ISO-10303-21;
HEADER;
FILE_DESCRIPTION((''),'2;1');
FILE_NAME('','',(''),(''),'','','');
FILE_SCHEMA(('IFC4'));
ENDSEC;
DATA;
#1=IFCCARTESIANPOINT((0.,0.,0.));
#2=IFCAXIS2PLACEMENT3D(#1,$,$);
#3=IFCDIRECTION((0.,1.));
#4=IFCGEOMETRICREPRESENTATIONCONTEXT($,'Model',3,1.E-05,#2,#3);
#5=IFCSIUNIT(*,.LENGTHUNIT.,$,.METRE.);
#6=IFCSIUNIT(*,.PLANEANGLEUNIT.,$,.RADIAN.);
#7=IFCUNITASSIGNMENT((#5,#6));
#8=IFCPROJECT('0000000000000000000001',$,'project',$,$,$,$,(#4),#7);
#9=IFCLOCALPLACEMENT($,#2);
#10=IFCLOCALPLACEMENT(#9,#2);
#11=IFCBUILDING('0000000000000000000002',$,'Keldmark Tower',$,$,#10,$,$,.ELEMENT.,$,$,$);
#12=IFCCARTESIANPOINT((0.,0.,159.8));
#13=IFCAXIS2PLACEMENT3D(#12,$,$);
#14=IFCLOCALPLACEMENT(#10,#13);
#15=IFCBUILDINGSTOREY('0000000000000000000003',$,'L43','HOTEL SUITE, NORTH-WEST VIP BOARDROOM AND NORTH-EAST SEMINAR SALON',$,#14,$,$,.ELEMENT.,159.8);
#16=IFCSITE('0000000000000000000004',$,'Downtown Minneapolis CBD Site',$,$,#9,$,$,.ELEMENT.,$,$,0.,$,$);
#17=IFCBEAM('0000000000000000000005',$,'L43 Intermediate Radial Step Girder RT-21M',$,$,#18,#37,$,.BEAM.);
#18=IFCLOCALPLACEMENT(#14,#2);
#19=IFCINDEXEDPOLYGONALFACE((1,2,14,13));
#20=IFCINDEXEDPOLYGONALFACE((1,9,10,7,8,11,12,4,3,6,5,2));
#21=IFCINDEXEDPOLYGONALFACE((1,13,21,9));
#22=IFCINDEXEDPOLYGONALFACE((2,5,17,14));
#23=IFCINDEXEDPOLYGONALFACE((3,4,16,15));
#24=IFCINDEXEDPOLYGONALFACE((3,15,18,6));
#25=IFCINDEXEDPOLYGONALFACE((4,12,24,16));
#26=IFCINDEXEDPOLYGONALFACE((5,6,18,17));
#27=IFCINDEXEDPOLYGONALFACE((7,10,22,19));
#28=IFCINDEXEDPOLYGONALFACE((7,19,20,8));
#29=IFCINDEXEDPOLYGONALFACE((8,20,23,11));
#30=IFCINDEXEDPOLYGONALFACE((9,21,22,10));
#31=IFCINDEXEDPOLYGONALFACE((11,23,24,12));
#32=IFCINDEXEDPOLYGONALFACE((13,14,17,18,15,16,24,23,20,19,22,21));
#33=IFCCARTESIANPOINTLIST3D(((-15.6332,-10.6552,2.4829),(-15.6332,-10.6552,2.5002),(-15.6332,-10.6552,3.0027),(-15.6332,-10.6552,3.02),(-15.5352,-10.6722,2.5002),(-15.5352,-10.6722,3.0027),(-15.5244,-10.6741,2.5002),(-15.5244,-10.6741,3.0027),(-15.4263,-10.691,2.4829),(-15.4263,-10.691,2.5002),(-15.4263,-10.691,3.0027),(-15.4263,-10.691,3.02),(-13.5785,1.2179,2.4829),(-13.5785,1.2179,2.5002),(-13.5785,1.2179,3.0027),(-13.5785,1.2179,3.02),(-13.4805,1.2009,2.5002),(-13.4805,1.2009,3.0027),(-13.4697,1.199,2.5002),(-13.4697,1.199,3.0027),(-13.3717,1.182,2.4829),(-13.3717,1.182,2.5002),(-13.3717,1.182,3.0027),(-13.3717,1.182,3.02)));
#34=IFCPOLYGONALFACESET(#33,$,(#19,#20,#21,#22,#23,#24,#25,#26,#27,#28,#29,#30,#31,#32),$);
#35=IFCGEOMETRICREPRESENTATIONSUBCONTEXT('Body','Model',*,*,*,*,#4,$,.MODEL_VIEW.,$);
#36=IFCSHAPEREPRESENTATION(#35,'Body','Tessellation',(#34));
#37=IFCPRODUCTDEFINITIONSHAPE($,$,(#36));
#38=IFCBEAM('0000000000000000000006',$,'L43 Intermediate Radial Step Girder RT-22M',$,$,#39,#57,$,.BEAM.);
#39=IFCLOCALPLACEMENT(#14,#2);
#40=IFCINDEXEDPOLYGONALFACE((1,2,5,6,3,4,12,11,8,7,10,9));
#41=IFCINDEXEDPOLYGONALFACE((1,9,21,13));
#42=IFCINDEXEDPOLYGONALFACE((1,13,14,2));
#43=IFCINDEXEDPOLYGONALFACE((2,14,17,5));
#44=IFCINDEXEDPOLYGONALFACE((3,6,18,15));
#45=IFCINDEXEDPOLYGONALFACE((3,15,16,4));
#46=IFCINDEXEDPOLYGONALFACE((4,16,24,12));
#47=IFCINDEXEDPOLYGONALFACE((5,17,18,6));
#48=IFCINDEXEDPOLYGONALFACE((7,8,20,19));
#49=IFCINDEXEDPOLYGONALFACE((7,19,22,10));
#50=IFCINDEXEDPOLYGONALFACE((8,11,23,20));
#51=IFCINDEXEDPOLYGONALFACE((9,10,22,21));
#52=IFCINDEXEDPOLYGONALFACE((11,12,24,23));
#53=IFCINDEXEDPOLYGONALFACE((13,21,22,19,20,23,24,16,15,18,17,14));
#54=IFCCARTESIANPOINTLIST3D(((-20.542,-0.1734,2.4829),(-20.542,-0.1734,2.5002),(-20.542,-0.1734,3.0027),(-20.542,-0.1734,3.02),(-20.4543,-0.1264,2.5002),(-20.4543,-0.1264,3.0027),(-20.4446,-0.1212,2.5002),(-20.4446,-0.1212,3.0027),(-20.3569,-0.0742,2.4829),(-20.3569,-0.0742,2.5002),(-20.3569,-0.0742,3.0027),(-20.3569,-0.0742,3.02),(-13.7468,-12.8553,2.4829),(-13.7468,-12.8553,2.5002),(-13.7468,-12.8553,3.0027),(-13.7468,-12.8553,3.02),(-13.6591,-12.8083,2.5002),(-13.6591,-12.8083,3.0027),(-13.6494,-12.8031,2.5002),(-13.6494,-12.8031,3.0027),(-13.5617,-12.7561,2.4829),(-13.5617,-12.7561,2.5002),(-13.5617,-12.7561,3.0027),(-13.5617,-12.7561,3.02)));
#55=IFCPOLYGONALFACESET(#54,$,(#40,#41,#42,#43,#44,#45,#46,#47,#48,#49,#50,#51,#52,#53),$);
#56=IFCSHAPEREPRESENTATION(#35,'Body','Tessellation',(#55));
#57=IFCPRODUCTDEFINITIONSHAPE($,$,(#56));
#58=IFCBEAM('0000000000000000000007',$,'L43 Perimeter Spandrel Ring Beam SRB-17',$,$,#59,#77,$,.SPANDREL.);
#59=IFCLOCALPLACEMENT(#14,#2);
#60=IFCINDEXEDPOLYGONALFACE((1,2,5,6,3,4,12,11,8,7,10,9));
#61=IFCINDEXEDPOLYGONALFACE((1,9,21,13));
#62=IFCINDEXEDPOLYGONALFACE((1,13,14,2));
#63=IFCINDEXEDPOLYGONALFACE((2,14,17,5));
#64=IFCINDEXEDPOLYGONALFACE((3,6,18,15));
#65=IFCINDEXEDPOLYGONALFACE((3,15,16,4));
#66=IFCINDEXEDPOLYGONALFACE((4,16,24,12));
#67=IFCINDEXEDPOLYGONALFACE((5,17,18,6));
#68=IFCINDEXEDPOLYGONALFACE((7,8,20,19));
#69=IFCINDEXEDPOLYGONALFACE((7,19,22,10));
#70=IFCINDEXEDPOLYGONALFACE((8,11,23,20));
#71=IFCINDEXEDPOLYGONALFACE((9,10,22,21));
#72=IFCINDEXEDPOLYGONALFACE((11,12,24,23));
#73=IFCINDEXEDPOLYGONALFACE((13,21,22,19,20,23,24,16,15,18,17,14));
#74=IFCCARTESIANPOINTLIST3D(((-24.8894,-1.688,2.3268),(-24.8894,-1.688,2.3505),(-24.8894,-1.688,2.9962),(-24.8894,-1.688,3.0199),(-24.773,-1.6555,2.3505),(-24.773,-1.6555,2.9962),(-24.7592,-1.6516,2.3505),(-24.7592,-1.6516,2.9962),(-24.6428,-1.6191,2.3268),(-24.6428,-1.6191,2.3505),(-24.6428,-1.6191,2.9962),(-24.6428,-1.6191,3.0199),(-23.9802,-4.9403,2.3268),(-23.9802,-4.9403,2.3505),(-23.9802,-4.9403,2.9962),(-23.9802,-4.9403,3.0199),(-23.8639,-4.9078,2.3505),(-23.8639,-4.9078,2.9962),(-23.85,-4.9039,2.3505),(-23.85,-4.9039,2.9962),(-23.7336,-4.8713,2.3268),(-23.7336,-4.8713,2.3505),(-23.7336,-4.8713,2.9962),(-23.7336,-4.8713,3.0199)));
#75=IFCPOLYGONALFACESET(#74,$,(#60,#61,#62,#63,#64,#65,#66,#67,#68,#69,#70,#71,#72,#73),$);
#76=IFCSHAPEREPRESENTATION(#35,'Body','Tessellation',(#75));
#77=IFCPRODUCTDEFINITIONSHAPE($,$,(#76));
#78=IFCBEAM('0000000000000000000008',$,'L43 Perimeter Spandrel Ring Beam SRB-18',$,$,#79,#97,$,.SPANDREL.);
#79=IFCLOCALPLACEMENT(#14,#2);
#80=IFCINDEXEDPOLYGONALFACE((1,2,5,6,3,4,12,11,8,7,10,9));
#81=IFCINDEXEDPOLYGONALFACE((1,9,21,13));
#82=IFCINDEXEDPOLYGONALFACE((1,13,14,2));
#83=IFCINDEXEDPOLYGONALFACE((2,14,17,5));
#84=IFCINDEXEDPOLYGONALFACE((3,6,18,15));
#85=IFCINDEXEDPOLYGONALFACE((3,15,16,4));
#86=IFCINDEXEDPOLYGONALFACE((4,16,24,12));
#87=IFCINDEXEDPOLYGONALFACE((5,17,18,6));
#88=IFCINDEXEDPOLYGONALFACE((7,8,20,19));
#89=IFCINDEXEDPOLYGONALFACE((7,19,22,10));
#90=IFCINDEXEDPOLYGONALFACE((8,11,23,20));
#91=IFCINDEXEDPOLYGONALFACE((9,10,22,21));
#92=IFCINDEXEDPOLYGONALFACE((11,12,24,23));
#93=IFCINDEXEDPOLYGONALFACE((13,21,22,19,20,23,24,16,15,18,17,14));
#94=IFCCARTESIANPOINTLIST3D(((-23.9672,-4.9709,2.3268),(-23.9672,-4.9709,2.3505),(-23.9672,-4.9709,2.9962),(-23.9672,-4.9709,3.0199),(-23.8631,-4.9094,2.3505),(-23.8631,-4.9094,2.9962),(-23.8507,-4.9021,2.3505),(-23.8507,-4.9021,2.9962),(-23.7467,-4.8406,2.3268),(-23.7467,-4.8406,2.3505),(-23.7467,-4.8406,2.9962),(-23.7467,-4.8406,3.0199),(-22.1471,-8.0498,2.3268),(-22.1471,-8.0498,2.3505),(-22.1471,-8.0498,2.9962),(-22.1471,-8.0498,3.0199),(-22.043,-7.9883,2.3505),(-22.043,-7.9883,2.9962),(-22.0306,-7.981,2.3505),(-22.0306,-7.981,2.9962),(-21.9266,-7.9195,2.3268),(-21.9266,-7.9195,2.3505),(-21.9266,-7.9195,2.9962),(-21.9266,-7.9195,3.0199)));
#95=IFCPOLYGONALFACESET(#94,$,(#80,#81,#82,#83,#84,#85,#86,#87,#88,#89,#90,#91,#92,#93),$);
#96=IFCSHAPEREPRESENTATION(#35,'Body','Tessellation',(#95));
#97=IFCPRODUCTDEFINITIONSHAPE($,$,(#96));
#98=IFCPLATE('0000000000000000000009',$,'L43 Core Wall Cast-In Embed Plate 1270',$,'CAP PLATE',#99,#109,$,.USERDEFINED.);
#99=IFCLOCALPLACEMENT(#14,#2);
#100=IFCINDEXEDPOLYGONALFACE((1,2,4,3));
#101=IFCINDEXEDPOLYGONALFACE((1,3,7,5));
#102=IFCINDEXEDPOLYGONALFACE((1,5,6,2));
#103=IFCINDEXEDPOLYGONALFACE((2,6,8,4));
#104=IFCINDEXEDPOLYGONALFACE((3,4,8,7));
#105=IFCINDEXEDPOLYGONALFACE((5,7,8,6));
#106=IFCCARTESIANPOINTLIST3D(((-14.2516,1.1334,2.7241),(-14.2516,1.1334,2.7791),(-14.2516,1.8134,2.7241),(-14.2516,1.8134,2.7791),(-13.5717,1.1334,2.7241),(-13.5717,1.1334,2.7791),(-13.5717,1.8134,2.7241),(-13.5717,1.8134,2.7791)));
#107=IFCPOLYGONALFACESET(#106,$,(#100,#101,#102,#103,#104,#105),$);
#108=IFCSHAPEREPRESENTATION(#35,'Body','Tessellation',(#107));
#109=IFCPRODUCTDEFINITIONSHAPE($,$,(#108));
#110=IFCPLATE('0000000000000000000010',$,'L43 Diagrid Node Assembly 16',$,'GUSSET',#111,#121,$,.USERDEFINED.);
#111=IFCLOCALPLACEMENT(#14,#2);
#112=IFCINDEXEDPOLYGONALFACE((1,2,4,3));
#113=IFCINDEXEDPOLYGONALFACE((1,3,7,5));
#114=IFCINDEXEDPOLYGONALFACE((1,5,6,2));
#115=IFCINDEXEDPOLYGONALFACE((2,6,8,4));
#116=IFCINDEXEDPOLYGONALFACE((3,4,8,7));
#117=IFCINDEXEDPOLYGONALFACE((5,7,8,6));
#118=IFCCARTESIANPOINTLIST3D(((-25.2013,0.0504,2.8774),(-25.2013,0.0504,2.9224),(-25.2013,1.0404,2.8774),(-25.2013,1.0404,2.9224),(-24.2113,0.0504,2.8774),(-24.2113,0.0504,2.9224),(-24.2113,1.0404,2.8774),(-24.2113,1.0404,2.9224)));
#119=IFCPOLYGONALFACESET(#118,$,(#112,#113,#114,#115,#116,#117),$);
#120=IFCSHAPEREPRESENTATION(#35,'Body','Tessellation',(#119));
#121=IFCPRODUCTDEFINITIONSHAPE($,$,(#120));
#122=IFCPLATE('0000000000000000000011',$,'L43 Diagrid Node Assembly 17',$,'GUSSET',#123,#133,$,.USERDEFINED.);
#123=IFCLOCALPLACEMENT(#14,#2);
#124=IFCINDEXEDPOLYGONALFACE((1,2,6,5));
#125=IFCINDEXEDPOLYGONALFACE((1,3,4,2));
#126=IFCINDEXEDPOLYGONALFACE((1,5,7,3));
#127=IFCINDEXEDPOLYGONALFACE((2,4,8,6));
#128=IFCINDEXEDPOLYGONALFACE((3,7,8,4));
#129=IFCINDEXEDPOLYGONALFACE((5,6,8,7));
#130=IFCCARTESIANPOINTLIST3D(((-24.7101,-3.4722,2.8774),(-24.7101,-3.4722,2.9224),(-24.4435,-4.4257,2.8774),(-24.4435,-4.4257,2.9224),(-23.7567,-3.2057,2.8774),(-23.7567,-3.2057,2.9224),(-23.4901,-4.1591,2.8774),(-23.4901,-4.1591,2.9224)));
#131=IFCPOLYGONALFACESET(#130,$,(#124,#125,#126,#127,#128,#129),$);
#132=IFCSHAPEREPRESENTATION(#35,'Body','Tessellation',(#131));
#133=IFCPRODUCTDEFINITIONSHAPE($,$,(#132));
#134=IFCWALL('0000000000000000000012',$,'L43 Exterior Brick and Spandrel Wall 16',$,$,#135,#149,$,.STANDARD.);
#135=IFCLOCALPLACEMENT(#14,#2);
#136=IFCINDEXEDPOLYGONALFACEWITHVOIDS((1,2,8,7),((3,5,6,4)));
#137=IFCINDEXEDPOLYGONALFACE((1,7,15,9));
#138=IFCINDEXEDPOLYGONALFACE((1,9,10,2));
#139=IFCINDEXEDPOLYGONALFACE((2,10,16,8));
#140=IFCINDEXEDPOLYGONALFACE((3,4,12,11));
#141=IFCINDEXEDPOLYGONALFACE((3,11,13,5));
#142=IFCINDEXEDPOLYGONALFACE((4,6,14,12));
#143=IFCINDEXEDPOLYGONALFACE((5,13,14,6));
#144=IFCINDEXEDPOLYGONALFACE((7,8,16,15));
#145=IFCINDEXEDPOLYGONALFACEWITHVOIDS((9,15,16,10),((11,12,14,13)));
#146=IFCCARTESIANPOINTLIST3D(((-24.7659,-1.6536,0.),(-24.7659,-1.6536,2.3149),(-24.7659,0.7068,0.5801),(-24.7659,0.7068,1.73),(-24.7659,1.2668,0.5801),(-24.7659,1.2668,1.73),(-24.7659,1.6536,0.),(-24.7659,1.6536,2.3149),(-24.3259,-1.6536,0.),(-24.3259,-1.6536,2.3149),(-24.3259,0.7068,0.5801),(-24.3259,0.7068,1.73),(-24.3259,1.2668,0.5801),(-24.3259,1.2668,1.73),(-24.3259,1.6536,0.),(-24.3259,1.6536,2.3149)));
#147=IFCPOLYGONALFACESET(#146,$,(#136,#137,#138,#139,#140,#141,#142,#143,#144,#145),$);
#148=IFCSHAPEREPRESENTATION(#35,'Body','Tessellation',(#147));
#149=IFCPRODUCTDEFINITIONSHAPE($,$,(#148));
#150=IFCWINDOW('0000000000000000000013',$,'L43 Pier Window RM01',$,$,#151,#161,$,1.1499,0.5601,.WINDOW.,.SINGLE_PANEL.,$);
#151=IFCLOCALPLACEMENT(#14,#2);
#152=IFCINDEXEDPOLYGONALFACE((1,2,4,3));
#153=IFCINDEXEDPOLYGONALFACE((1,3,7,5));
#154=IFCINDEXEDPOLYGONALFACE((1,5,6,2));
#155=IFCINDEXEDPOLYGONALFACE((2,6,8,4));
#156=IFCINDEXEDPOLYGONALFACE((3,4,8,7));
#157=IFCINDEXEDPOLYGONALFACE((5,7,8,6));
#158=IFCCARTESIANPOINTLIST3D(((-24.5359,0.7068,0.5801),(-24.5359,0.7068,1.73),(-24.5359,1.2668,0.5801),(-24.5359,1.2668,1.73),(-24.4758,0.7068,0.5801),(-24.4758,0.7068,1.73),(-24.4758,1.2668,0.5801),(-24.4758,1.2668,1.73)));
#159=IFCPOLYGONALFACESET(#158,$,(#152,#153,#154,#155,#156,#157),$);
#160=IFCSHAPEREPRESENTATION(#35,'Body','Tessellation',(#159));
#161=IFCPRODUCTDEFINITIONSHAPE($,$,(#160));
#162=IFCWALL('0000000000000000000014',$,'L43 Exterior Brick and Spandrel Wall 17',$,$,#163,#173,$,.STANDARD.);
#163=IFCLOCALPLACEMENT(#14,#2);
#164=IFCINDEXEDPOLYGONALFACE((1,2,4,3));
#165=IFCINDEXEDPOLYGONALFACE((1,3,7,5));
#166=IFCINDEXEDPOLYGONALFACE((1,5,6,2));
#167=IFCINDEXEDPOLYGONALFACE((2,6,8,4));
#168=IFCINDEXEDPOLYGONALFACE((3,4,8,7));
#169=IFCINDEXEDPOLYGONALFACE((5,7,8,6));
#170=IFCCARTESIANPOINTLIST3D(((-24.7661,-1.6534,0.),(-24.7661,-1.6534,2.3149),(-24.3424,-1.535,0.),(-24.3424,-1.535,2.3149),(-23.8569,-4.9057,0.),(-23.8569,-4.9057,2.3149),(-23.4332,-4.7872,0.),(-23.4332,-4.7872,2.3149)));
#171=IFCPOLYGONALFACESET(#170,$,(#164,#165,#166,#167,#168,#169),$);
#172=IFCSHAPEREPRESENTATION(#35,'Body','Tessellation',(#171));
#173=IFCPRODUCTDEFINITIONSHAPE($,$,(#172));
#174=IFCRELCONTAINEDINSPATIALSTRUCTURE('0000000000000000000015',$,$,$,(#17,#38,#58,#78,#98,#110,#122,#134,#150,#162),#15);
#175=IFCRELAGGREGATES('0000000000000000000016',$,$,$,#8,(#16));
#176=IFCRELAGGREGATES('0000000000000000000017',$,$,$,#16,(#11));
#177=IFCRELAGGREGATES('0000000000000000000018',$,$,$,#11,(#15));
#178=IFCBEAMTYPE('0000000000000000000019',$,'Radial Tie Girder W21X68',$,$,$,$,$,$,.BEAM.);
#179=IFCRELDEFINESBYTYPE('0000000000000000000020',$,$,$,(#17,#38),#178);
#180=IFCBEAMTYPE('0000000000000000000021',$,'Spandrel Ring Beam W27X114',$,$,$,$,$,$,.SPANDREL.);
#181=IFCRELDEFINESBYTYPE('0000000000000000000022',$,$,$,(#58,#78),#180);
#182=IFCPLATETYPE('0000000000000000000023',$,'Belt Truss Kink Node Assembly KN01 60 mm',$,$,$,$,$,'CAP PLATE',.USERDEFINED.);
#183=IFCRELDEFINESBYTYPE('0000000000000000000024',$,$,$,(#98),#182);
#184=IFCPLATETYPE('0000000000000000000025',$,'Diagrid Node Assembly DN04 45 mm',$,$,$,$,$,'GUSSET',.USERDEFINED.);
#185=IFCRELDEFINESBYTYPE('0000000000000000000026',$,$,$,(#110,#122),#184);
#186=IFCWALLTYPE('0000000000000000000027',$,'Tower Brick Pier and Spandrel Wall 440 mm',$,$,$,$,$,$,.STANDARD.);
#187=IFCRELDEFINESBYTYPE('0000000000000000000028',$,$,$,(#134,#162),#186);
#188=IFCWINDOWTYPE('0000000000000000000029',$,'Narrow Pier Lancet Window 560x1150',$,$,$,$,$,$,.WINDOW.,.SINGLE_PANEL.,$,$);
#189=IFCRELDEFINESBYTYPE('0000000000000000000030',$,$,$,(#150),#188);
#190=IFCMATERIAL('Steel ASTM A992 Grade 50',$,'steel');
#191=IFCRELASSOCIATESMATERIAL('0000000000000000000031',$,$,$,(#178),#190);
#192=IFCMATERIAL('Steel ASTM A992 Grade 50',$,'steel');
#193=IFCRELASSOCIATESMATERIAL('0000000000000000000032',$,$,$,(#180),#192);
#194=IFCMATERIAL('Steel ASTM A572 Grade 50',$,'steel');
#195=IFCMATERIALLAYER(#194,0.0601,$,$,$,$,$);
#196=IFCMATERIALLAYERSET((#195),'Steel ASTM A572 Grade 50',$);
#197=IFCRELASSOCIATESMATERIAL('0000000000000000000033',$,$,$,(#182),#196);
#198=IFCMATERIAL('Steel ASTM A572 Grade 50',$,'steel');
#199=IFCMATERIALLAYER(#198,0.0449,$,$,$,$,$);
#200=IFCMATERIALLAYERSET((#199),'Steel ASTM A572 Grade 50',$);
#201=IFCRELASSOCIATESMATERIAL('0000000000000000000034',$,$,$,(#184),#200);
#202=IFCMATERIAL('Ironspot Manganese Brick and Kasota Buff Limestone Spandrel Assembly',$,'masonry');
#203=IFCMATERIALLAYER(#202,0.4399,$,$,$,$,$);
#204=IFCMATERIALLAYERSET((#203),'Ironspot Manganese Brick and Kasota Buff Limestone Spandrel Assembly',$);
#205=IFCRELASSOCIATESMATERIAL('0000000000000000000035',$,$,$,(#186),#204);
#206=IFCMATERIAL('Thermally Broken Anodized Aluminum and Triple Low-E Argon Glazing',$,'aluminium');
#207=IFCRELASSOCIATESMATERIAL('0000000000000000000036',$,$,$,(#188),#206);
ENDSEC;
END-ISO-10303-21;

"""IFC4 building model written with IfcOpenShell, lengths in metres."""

from ifc_helpers import new_model, si_unit, direction, frame, frame_2d, origin, origin_2d, place, context, subcontext, project, spatial, rectangle, i_section, extrude, material, layer, layer_set, material_profile, profile_set, type_object, element, fill, save


model = new_model("IFC4")

# Units and contexts
model_context = context("Model", 3, precision=1e-05, world=origin(), true_north=direction((0.0, 1.0)))
body_context = subcontext(model_context, "Body", "Model", "MODEL_VIEW")
ifc_project = project(units=[si_unit("LENGTHUNIT", "METRE"), si_unit("PLANEANGLEUNIT", "RADIAN")], contexts=[model_context])

# Site, building, storey
site_placement = place(None, origin())
site = spatial("IfcSite", under=ifc_project, at=site_placement, Name="Downtown Minneapolis CBD Site", CompositionType="ELEMENT", RefElevation=0.0)
building_placement = place(site_placement, origin())
building = spatial("IfcBuilding", under=site, at=building_placement, Name="Keldmark Tower", CompositionType="ELEMENT")
storey_placement = place(building_placement, frame((0.0, 0.0, 159.8)))
storey = spatial("IfcBuildingStorey", under=building, at=storey_placement, Name="L43", Description="HOTEL SUITE, NORTH-WEST VIP BOARDROOM AND NORTH-EAST SEMINAR SALON", CompositionType="ELEMENT", Elevation=159.8)

# Beams
ifc_material_1 = material(Name="Steel ASTM A992 Grade 50", Category="steel")
ifc_material_profile_1 = material_profile(ifc_material_1, i_section(OverallWidth=0.21, OverallDepth=0.5371, WebThickness=0.011, FlangeThickness=0.0173, at=origin_2d()), Name="W21X68")
ifc_profile_set_1 = profile_set([ifc_material_profile_1], Name="Steel ASTM A992 Grade 50")
beam_type_1 = type_object("IfcBeamType", Name="Radial Tie Girder W21X68", PredefinedType="BEAM", material=ifc_profile_set_1)
beam_1_placement = place(storey_placement, frame((-13.4751, 1.2, 2.7515), z_axis=(-0.17052, -0.985354, 0.0), x_axis=(0.985354, -0.17052, 0.0)))
element("IfcBeam", 1, at=beam_1_placement, inside=storey, type_object=beam_type_1, Name="L43 Intermediate Radial Step Girder RT-21M", PredefinedType="BEAM", context=body_context, shape_type="SweptSolid", body=[
    extrude(i_section(OverallWidth=0.21, OverallDepth=0.5371, WebThickness=0.011, FlangeThickness=0.0173, at=origin_2d()), origin(), (0.0, 0.0, 1.0), 12.0496),
])
beam_2_placement = place(storey_placement, frame((-20.4495, -0.1238, 2.7515), z_axis=(0.472292, -0.881442, 0.0), x_axis=(0.881442, 0.472292, 0.0)))
element("IfcBeam", 2, at=beam_2_placement, inside=storey, type_object=beam_type_1, Name="L43 Intermediate Radial Step Girder RT-22M", PredefinedType="BEAM", context=body_context, shape_type="SweptSolid", body=[
    extrude(i_section(OverallWidth=0.21, OverallDepth=0.5371, WebThickness=0.011, FlangeThickness=0.0173, at=origin_2d()), origin(), (0.0, 0.0, 1.0), 14.3877),
])
ifc_material_2 = material(Name="Steel ASTM A992 Grade 50", Category="steel")
ifc_material_profile_2 = material_profile(ifc_material_2, i_section(OverallWidth=0.2561, OverallDepth=0.6931, WebThickness=0.0144, FlangeThickness=0.0237, at=origin_2d()), Name="W27X114")
ifc_profile_set_2 = profile_set([ifc_material_profile_2], Name="Steel ASTM A992 Grade 50")
beam_type_2 = type_object("IfcBeamType", Name="Spandrel Ring Beam W27X114", PredefinedType="SPANDREL", material=ifc_profile_set_2)
beam_3_placement = place(storey_placement, frame((-24.7661, -1.6536, 2.6733), z_axis=(0.269236, -0.963074, 0.0), x_axis=(0.963074, 0.269236, 0.0)))
element("IfcBeam", 3, at=beam_3_placement, inside=storey, type_object=beam_type_2, Name="L43 Perimeter Spandrel Ring Beam SRB-17", PredefinedType="SPANDREL", context=body_context, shape_type="SweptSolid", body=[
    extrude(i_section(OverallWidth=0.2561, OverallDepth=0.6931, WebThickness=0.0144, FlangeThickness=0.0237, at=origin_2d()), origin(), (0.0, 0.0, 1.0), 3.377),
])
beam_4_placement = place(storey_placement, frame((-23.8569, -4.9058, 2.6733), z_axis=(0.508883, -0.860835, 0.0), x_axis=(0.860835, 0.508883, 0.0)))
element("IfcBeam", 4, at=beam_4_placement, inside=storey, type_object=beam_type_2, Name="L43 Perimeter Spandrel Ring Beam SRB-18", PredefinedType="SPANDREL", context=body_context, shape_type="SweptSolid", body=[
    extrude(i_section(OverallWidth=0.2561, OverallDepth=0.6931, WebThickness=0.0144, FlangeThickness=0.0237, at=origin_2d()), origin(), (0.0, 0.0, 1.0), 3.5767),
])

# Plates
ifc_material_3 = material(Name="Steel ASTM A572 Grade 50", Category="steel")
ifc_layer_1 = layer(ifc_material_3, 0.0601)
ifc_layer_set_1 = layer_set([ifc_layer_1], Name="Steel ASTM A572 Grade 50")
plate_type_1 = type_object("IfcPlateType", Name="Belt Truss Kink Node Assembly KN01 60 mm", ElementType="CAP PLATE", PredefinedType="USERDEFINED", material=ifc_layer_set_1)
plate_placement = place(storey_placement, frame((-13.9116, 1.4734, 2.7241), z_axis=(0.0, 0.0, 1.0), x_axis=(1.0, 0.0, 0.0)))
element("IfcPlate", 5, at=plate_placement, inside=storey, type_object=plate_type_1, Name="L43 Core Wall Cast-In Embed Plate 1270", ObjectType="CAP PLATE", PredefinedType="USERDEFINED", context=body_context, shape_type="SweptSolid", body=[
    extrude(rectangle(XDim=0.6799, YDim=0.6799, at=origin_2d()), origin(), (0.0, 0.0, 1.0), 0.0549),
])
ifc_material_4 = material(Name="Steel ASTM A572 Grade 50", Category="steel")
ifc_layer_2 = layer(ifc_material_4, 0.0449)
ifc_layer_set_2 = layer_set([ifc_layer_2], Name="Steel ASTM A572 Grade 50")
plate_type_2 = type_object("IfcPlateType", Name="Diagrid Node Assembly DN04 45 mm", ElementType="GUSSET", PredefinedType="USERDEFINED", material=ifc_layer_set_2)
for number, where, z_axis, x_axis, name in (
    (6, (-24.7063, 0.5454, 2.8774), (0.0, 0.0, 1.0), (0.0, -1.0, 0.0), "L43 Diagrid Node Assembly 16"),
    (7, (-24.1001, -3.8157, 2.8774), (0.0, 0.0, 1.0), (0.269256, -0.963069, 0.0), "L43 Diagrid Node Assembly 17"),
):
    element("IfcPlate", number, at=place(storey_placement, frame(where, z_axis=z_axis, x_axis=x_axis)), inside=storey, type_object=plate_type_2, Name=name, ObjectType="GUSSET", PredefinedType="USERDEFINED", context=body_context, shape_type="SweptSolid", body=[
        extrude(rectangle(XDim=0.99, YDim=0.99, at=origin_2d()), origin(), (0.0, 0.0, 1.0), 0.0449),
    ])

# Wall, opening, window
ifc_material_5 = material(Name="Ironspot Manganese Brick and Kasota Buff Limestone Spandrel Assembly", Category="masonry")
ifc_layer_3 = layer(ifc_material_5, 0.4399)
ifc_layer_set_3 = layer_set([ifc_layer_3], Name="Ironspot Manganese Brick and Kasota Buff Limestone Spandrel Assembly")
wall_type_1 = type_object("IfcWallType", Name="Tower Brick Pier and Spandrel Wall 440 mm", PredefinedType="STANDARD", material=ifc_layer_set_3)
wall_1_placement = place(storey_placement, frame((-24.5459, -1.6536, 0.0), z_axis=(0.0, 0.0, 1.0), x_axis=(0.0, 1.0, 0.0)))
wall_1 = element("IfcWall", 8, at=wall_1_placement, inside=storey, type_object=wall_type_1, Name="L43 Exterior Brick and Spandrel Wall 16", PredefinedType="STANDARD", context=body_context, shape_type="SweptSolid", body=[
    extrude(rectangle(XDim=3.3071, YDim=0.4399, at=frame_2d((1.6536, 0.0))), origin(), (0.0, 0.0, 1.0), 2.3149),
])
opening_placement = place(wall_1_placement, frame((2.3604, 0.0, 0.5801)))
opening = element("IfcOpeningElement", 9, at=opening_placement, cuts=wall_1, PredefinedType="OPENING", context=body_context, shape_type="SweptSolid", body=[
    extrude(rectangle(XDim=0.5601, YDim=1.1499, at=frame_2d((0.28, 0.575))), frame((0.0, 0.23, 0.0), z_axis=(0.0, -1.0, 0.0), x_axis=(1.0, 0.0, 0.0)), (0.0, 0.0, 1.0), 0.46),
])
ifc_material_6 = material(Name="Thermally Broken Anodized Aluminum and Triple Low-E Argon Glazing", Category="aluminium")
window_type = type_object("IfcWindowType", Name="Narrow Pier Lancet Window 560x1150", PartitioningType="SINGLE_PANEL", PredefinedType="WINDOW", material=ifc_material_6)
window_placement = place(opening_placement, origin())
window = element("IfcWindow", 10, at=window_placement, inside=storey, type_object=window_type, Name="L43 Pier Window RM01", OverallHeight=1.1499, OverallWidth=0.5601, PartitioningType="SINGLE_PANEL", PredefinedType="WINDOW", context=body_context, shape_type="SweptSolid", body=[
    extrude(rectangle(XDim=0.5601, YDim=1.1499, at=frame_2d((0.28, 0.575))), frame((0.0, -0.01, 0.0), z_axis=(0.0, -1.0, 0.0), x_axis=(1.0, 0.0, 0.0)), (0.0, 0.0, 1.0), 0.0601),
])
fill(opening, window)

# Wall
wall_2_placement = place(storey_placement, frame((-23.645, -4.8464, 0.0), z_axis=(0.0, 0.0, 1.0), x_axis=(-0.269236, 0.963074, 0.0)))
element("IfcWall", 11, at=wall_2_placement, inside=storey, type_object=wall_type_1, Name="L43 Exterior Brick and Spandrel Wall 17", PredefinedType="STANDARD", context=body_context, shape_type="SweptSolid", body=[
    extrude(rectangle(XDim=3.377, YDim=0.4399, at=frame_2d((1.6885, 0.0))), origin(), (0.0, 0.0, 1.0), 2.3149),
])

save(model, "model.ifc")
